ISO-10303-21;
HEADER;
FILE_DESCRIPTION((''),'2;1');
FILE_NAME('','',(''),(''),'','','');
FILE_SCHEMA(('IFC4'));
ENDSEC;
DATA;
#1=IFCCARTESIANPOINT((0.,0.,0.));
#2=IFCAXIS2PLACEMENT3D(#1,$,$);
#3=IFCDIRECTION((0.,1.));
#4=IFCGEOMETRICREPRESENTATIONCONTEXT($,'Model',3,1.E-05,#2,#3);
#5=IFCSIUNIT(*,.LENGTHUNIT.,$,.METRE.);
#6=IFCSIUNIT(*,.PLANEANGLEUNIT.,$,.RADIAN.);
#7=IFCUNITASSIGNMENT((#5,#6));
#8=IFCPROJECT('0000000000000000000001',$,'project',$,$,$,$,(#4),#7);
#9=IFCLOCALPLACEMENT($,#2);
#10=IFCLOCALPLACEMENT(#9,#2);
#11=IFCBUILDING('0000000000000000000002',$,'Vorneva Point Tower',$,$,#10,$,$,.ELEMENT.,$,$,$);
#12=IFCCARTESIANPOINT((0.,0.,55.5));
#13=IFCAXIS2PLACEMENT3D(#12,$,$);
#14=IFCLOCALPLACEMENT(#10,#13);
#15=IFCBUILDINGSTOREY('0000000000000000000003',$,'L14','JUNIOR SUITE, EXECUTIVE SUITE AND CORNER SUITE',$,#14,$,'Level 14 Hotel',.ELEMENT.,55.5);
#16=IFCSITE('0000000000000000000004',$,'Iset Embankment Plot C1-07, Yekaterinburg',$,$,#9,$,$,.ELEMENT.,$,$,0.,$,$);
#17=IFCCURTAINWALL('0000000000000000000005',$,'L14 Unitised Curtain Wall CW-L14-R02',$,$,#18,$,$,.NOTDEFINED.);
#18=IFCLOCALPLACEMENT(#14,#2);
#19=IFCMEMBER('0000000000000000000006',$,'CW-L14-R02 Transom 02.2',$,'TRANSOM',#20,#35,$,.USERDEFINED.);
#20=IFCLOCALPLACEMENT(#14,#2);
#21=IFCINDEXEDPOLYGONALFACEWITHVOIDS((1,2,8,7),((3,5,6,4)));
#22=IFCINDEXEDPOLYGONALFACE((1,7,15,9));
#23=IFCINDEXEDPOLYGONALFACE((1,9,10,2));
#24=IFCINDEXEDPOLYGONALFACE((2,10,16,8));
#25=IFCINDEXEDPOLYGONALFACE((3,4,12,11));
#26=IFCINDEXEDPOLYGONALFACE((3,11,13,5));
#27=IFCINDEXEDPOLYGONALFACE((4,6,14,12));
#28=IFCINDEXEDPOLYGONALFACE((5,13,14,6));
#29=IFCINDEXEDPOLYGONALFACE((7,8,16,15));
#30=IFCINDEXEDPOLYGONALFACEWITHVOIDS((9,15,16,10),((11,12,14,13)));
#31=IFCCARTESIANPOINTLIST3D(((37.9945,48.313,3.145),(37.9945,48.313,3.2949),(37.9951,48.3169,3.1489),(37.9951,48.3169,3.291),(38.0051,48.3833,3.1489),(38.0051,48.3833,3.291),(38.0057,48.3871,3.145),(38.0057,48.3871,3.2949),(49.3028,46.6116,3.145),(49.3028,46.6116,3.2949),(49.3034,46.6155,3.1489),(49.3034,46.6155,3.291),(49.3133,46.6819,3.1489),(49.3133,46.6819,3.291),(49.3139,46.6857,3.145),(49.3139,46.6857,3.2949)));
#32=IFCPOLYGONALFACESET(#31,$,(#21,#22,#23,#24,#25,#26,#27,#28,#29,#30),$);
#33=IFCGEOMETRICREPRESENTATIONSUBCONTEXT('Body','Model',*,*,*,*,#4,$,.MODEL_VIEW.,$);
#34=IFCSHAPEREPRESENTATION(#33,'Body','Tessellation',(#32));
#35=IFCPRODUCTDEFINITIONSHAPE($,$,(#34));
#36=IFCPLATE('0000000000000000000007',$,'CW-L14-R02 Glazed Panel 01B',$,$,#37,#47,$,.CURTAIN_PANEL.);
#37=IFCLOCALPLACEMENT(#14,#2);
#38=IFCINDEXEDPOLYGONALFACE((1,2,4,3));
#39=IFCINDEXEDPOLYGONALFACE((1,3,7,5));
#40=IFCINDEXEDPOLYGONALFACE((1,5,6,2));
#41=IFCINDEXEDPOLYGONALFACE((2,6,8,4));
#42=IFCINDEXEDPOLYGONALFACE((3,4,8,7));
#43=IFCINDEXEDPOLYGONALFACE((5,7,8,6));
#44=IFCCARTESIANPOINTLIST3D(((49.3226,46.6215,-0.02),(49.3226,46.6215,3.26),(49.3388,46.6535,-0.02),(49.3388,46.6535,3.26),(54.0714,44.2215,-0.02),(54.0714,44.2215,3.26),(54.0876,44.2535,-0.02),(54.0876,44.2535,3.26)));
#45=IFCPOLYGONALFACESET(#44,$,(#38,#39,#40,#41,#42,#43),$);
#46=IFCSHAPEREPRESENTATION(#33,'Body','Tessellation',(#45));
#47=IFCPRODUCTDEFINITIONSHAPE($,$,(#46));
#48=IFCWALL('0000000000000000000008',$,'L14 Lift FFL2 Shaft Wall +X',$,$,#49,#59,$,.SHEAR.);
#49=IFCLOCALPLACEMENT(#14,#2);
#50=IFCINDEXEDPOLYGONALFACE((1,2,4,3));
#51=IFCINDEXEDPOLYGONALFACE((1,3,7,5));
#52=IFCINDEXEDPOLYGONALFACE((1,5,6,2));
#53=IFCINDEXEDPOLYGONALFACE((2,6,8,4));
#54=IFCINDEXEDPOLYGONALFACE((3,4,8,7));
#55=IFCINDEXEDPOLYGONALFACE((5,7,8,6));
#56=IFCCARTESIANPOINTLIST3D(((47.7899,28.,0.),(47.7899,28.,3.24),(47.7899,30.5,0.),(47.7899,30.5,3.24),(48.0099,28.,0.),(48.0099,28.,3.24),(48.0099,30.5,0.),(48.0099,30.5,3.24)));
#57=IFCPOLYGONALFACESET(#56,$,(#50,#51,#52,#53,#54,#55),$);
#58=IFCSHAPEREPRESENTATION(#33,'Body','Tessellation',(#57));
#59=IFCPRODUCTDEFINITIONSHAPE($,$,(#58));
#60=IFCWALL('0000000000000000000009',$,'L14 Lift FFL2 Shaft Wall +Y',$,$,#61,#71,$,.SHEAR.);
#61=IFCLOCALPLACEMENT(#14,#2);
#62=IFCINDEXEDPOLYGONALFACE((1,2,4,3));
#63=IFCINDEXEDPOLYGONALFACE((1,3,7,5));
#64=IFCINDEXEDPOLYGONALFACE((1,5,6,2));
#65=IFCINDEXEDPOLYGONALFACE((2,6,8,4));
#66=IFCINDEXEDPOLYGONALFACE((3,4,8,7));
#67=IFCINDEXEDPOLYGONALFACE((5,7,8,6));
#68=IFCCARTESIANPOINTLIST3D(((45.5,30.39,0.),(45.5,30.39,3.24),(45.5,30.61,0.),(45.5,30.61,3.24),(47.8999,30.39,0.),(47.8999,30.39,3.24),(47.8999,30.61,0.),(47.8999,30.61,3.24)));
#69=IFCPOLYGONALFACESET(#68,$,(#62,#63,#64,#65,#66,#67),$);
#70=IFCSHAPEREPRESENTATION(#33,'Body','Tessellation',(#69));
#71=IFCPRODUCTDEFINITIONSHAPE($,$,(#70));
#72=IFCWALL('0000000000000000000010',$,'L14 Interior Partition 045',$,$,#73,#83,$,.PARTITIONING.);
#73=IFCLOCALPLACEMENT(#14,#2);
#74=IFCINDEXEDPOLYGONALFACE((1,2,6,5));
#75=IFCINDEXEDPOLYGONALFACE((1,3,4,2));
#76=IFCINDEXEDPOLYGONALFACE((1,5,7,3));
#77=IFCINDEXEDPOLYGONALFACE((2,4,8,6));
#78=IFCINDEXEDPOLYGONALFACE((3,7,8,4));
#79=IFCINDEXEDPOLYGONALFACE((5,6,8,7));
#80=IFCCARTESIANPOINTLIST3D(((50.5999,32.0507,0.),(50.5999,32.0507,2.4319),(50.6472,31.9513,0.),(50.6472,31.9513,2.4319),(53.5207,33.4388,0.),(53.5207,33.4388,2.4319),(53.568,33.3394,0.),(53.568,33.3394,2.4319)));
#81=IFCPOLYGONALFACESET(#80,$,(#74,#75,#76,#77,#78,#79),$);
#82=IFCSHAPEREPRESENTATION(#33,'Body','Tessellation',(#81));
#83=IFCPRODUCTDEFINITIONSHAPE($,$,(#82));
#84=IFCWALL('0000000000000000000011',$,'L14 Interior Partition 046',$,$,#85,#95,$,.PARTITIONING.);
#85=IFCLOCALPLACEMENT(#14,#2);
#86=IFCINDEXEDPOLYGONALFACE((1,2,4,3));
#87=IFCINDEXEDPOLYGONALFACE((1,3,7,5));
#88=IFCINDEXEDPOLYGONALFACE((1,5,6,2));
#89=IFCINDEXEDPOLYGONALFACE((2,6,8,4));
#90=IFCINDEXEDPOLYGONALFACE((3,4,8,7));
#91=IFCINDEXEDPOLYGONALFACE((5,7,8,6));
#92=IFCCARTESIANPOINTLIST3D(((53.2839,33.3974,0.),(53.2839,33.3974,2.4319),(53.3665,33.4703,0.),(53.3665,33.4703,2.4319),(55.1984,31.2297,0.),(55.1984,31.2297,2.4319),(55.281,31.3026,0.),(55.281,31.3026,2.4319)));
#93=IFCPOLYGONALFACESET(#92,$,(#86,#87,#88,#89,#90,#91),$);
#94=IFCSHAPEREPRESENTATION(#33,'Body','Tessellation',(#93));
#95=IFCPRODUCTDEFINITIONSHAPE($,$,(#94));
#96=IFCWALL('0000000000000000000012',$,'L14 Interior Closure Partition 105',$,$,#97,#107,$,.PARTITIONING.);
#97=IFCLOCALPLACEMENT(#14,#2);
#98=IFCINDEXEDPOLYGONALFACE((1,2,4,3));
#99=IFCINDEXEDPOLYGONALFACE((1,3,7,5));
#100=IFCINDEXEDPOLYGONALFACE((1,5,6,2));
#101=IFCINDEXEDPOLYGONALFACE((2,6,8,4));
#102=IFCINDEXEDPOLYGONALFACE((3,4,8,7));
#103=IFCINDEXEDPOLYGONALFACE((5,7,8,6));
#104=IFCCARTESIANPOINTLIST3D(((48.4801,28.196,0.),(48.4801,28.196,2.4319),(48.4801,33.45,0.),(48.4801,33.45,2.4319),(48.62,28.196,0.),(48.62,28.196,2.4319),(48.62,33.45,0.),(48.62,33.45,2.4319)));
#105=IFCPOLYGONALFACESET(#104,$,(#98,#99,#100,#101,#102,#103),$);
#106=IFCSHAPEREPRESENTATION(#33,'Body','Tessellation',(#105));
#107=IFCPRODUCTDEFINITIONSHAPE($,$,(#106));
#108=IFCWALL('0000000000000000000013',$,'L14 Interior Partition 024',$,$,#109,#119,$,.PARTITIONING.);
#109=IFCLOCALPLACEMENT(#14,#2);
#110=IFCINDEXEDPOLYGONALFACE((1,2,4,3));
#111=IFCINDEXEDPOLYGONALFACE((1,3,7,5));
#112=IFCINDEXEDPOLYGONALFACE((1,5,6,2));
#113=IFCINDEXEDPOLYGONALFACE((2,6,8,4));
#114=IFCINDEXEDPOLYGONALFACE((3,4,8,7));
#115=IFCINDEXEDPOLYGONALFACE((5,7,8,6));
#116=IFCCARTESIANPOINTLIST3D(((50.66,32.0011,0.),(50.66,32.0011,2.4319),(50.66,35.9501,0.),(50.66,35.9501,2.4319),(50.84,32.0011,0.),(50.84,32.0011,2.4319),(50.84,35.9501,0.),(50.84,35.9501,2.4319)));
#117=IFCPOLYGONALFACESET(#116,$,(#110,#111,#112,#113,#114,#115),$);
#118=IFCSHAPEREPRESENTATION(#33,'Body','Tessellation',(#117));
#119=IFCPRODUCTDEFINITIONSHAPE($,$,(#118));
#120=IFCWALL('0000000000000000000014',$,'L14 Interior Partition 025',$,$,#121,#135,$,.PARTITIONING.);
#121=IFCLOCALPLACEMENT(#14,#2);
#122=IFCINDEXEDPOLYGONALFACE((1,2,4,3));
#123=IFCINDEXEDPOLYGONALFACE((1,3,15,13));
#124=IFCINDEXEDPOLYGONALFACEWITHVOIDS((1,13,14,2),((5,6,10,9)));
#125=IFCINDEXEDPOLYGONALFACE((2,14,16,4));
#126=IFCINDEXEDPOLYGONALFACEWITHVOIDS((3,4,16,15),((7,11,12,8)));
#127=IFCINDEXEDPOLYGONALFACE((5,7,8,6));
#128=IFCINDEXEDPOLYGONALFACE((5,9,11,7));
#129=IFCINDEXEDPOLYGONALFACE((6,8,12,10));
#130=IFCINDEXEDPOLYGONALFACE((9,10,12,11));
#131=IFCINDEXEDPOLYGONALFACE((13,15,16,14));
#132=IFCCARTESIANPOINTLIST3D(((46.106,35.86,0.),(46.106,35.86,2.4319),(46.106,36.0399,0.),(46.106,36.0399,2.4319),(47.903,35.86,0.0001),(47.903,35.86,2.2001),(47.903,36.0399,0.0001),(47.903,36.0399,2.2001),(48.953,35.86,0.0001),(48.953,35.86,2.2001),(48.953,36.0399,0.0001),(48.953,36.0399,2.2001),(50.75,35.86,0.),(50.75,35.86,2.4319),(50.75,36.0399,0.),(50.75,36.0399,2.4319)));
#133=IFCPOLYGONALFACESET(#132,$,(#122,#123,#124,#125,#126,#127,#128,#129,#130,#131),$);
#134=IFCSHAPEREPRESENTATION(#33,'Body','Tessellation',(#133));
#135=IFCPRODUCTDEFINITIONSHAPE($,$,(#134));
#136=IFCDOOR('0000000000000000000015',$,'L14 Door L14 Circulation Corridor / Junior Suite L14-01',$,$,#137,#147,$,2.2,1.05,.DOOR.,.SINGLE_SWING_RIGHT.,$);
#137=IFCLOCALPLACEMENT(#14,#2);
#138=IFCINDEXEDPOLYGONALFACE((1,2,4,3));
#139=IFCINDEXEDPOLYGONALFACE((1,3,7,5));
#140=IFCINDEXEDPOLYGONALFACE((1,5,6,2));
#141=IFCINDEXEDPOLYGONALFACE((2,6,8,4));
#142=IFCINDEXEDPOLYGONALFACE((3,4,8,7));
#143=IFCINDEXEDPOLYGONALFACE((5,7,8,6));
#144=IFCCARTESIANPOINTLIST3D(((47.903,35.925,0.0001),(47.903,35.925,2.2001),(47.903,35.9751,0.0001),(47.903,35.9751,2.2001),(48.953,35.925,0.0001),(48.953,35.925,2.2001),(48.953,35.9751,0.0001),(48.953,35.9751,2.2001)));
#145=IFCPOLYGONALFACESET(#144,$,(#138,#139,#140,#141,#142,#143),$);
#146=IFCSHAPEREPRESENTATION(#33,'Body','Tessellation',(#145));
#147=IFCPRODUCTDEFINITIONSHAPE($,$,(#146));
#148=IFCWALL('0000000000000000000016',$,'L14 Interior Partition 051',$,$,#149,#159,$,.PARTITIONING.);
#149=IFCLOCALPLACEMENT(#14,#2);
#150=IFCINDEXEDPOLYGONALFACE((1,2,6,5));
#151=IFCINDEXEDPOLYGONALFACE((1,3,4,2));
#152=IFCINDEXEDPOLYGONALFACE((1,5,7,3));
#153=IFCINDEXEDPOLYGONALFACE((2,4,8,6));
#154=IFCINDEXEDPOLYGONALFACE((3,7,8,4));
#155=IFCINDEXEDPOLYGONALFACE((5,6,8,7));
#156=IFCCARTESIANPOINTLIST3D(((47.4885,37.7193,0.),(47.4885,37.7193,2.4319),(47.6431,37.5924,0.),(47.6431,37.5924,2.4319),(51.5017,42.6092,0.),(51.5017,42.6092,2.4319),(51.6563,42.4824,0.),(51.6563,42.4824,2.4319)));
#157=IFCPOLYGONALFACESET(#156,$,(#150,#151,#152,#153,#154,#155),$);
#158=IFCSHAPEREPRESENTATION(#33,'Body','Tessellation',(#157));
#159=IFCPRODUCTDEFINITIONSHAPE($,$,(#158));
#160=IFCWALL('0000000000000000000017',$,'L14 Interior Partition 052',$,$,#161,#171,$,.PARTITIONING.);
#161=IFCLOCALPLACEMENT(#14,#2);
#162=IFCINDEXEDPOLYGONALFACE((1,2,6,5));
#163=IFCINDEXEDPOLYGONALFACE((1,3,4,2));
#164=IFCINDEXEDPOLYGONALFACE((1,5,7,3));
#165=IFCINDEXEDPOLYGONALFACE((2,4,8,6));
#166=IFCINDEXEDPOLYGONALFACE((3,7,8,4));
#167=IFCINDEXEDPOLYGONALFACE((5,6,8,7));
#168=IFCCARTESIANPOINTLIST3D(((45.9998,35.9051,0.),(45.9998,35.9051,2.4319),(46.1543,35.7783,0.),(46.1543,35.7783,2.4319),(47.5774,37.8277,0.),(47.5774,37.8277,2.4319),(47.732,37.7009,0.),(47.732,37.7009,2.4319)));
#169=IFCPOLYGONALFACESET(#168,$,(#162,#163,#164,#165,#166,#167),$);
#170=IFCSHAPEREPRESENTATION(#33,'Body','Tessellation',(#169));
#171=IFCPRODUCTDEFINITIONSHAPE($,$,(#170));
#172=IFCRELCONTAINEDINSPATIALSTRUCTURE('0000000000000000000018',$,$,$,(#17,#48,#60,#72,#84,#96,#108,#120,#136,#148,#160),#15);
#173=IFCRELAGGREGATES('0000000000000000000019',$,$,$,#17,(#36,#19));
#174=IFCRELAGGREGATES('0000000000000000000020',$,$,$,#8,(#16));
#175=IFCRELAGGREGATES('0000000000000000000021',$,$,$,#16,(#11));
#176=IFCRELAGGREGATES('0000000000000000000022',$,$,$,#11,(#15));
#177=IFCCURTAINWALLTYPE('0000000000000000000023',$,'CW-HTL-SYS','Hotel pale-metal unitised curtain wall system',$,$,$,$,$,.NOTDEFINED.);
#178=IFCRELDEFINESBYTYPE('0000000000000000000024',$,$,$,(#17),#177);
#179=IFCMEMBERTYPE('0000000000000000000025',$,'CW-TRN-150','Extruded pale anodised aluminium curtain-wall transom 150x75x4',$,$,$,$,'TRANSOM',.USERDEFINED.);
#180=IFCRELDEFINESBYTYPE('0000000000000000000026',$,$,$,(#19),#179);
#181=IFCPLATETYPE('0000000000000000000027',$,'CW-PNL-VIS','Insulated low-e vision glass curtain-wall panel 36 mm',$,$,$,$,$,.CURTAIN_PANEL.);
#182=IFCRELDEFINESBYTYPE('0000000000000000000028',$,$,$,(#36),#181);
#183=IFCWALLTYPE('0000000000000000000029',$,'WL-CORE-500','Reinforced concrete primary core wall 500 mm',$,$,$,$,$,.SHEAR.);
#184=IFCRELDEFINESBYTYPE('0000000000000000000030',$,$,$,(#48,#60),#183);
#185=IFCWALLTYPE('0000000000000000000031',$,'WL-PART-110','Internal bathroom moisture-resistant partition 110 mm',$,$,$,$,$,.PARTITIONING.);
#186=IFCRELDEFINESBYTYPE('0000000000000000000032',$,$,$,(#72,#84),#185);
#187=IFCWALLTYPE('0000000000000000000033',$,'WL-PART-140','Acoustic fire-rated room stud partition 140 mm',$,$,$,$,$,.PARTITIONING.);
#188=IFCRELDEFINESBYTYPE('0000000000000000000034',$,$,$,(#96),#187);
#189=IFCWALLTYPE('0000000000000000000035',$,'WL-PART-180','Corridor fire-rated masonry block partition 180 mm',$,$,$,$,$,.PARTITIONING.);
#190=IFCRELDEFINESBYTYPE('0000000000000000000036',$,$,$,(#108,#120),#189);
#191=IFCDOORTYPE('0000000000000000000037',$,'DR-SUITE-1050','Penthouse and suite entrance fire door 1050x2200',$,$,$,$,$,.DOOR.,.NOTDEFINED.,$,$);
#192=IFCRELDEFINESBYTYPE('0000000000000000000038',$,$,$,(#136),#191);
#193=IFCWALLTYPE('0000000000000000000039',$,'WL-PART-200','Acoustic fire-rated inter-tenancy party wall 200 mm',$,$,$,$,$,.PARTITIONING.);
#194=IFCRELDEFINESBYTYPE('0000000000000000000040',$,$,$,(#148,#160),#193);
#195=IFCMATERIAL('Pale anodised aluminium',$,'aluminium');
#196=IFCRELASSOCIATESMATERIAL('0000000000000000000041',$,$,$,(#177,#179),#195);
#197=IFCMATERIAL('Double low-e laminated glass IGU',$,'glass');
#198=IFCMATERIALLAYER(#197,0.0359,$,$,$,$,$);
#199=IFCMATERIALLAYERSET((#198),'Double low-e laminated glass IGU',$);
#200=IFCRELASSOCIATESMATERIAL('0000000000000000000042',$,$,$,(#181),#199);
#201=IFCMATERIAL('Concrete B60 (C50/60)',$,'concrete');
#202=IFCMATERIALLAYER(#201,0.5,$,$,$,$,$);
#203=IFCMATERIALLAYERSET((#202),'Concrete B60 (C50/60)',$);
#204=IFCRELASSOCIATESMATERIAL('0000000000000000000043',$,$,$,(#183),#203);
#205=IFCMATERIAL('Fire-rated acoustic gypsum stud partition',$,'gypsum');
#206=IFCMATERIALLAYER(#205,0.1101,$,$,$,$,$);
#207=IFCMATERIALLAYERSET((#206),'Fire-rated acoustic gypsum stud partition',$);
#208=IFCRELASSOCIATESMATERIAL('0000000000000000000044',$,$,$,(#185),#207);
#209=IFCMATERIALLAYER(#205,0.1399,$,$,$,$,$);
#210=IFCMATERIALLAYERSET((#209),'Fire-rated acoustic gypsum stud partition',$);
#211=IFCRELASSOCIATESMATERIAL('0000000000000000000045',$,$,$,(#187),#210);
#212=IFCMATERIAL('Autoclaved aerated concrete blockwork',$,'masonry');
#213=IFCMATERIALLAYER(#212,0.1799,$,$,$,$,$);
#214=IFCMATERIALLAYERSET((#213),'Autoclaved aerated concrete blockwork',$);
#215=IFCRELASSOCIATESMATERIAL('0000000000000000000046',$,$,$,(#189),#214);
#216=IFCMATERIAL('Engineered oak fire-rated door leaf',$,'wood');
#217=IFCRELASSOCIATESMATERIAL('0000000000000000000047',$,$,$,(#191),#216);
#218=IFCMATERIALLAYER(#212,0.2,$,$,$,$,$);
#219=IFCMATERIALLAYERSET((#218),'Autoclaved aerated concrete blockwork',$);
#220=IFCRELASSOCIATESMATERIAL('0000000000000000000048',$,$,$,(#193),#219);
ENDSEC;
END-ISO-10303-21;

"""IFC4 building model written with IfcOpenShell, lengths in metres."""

from ifc_helpers import new_model, si_unit, direction, frame, frame_2d, origin, origin_2d, place, context, subcontext, project, spatial, rectangle, hollow_rectangle, extrude, material, layer, layer_set, material_profile, profile_set, type_object, element, fill, aggregate, save


model = new_model("IFC4")

# Units and contexts
model_context = context("Model", 3, precision=1e-05, world=origin(), true_north=direction((0.0, 1.0)))
body_context = subcontext(model_context, "Body", "Model", "MODEL_VIEW")
ifc_project = project(units=[si_unit("LENGTHUNIT", "METRE"), si_unit("PLANEANGLEUNIT", "RADIAN")], contexts=[model_context])

# Site, building, storey
site_placement = place(None, origin())
site = spatial("IfcSite", under=ifc_project, at=site_placement, Name="Iset Embankment Plot C1-07, Yekaterinburg", CompositionType="ELEMENT", RefElevation=0.0)
building_placement = place(site_placement, origin())
building = spatial("IfcBuilding", under=site, at=building_placement, Name="Vorneva Point Tower", CompositionType="ELEMENT")
storey_placement = place(building_placement, frame((0.0, 0.0, 55.5)))
storey = spatial("IfcBuildingStorey", under=building, at=storey_placement, Name="L14", Description="JUNIOR SUITE, EXECUTIVE SUITE AND CORNER SUITE", LongName="Level 14 Hotel", CompositionType="ELEMENT", Elevation=55.5)

# Shared definitions
ifc_material_1 = material(Name="Concrete B60 (C50/60)", Category="concrete")

# Curtain wall, member, plate
ifc_material_2 = material(Name="Pale anodised aluminium", Category="aluminium")
curtain_wall_type = type_object("IfcCurtainWallType", Name="CW-HTL-SYS", Description="Hotel pale-metal unitised curtain wall system", PredefinedType="NOTDEFINED", material=ifc_material_2)
curtain_wall_placement = place(storey_placement, origin())
curtain_wall = element("IfcCurtainWall", 1, at=curtain_wall_placement, inside=storey, type_object=curtain_wall_type, Name="L14 Unitised Curtain Wall CW-L14-R02", PredefinedType="NOTDEFINED")
ifc_material_profile_1 = material_profile(ifc_material_2, hollow_rectangle(XDim=0.075, YDim=0.1499, WallThickness=0.0039, at=origin_2d()), Name="AL-TRN 150x75x4")
ifc_profile_set_1 = profile_set([ifc_material_profile_1], Name="Pale anodised aluminium")
member_type_1 = type_object("IfcMemberType", Name="CW-TRN-150", Description="Extruded pale anodised aluminium curtain-wall transom 150x75x4", ElementType="TRANSOM", PredefinedType="USERDEFINED", material=ifc_profile_set_1)
member_1_placement = place(storey_placement, frame((49.3083, 46.6487, 3.22), z_axis=(-0.98887, 0.148782, 0.0), x_axis=(-0.148782, -0.98887, 0.0)))
member_1 = element("IfcMember", 2, at=member_1_placement, type_object=member_type_1, Name="CW-L14-R02 Transom 02.2", ObjectType="TRANSOM", PredefinedType="USERDEFINED", context=body_context, shape_type="SweptSolid", body=[
    extrude(hollow_rectangle(XDim=0.075, YDim=0.1499, WallThickness=0.0039, at=origin_2d()), origin(), (0.0, 0.0, 1.0), 11.4355),
])
ifc_material_3 = material(Name="Double low-e laminated glass IGU", Category="glass")
ifc_layer_1 = layer(ifc_material_3, 0.0359)
ifc_layer_set_1 = layer_set([ifc_layer_1], Name="Double low-e laminated glass IGU")
plate_type = type_object("IfcPlateType", Name="CW-PNL-VIS", Description="Insulated low-e vision glass curtain-wall panel 36 mm", PredefinedType="CURTAIN_PANEL", material=ifc_layer_set_1)
plate_placement = place(storey_placement, frame((51.7051, 45.4375, -0.02), z_axis=(0.0, 0.0, 1.0), x_axis=(-0.892499, 0.451049, 0.0)))
plate = element("IfcPlate", 3, at=plate_placement, type_object=plate_type, Name="CW-L14-R02 Glazed Panel 01B", PredefinedType="CURTAIN_PANEL", context=body_context, shape_type="SweptSolid", body=[
    extrude(rectangle(XDim=5.3208, YDim=0.0359, at=origin_2d()), origin(), (0.0, 0.0, 1.0), 3.28),
])
aggregate(curtain_wall, [plate, member_1])

# Walls
ifc_layer_2 = layer(ifc_material_1, 0.5)
ifc_layer_set_2 = layer_set([ifc_layer_2], Name="Concrete B60 (C50/60)")
wall_type_1 = type_object("IfcWallType", Name="WL-CORE-500", Description="Reinforced concrete primary core wall 500 mm", PredefinedType="SHEAR", material=ifc_layer_set_2)
wall_1_placement = place(storey_placement, frame((47.8999, 28.0, 0.0), z_axis=(0.0, 0.0, 1.0), x_axis=(0.0, 1.0, 0.0)))
element("IfcWall", 4, at=wall_1_placement, inside=storey, type_object=wall_type_1, Name="L14 Lift FFL2 Shaft Wall +X", PredefinedType="SHEAR", context=body_context, shape_type="SweptSolid", body=[
    extrude(rectangle(XDim=2.5, YDim=0.22, at=frame_2d((1.25, 0.0))), origin(), (0.0, 0.0, 1.0), 3.24),
])
wall_2_placement = place(storey_placement, frame((47.8999, 30.5, 0.0), z_axis=(0.0, 0.0, 1.0), x_axis=(-1.0, 0.0, 0.0)))
element("IfcWall", 5, at=wall_2_placement, inside=storey, type_object=wall_type_1, Name="L14 Lift FFL2 Shaft Wall +Y", PredefinedType="SHEAR", context=body_context, shape_type="SweptSolid", body=[
    extrude(rectangle(XDim=2.3999, YDim=0.22, at=frame_2d((1.2, 0.0))), origin(), (0.0, 0.0, 1.0), 3.24),
])
ifc_material_4 = material(Name="Fire-rated acoustic gypsum stud partition", Category="gypsum")
ifc_layer_3 = layer(ifc_material_4, 0.1101)
ifc_layer_set_3 = layer_set([ifc_layer_3], Name="Fire-rated acoustic gypsum stud partition")
wall_type_2 = type_object("IfcWallType", Name="WL-PART-110", Description="Internal bathroom moisture-resistant partition 110 mm", PredefinedType="PARTITIONING", material=ifc_layer_set_3)
wall_3_placement = place(storey_placement, frame((50.6235, 32.001, 0.0), z_axis=(0.0, 0.0, 1.0), x_axis=(0.903187, 0.429248, 0.0)))
element("IfcWall", 6, at=wall_3_placement, inside=storey, type_object=wall_type_2, Name="L14 Interior Partition 045", PredefinedType="PARTITIONING", context=body_context, shape_type="SweptSolid", body=[
    extrude(rectangle(XDim=3.2339, YDim=0.1101, at=frame_2d((1.6169, 0.0))), origin(), (0.0, 0.0, 1.0), 2.4319),
])
wall_4_placement = place(storey_placement, frame((53.3252, 33.4338, 0.0), z_axis=(0.0, 0.0, 1.0), x_axis=(0.661982, -0.74952, 0.0)))
element("IfcWall", 7, at=wall_4_placement, inside=storey, type_object=wall_type_2, Name="L14 Interior Partition 046", PredefinedType="PARTITIONING", context=body_context, shape_type="SweptSolid", body=[
    extrude(rectangle(XDim=2.8921, YDim=0.1101, at=frame_2d((1.446, 0.0))), origin(), (0.0, 0.0, 1.0), 2.4319),
])
ifc_layer_4 = layer(ifc_material_4, 0.1399)
ifc_layer_set_4 = layer_set([ifc_layer_4], Name="Fire-rated acoustic gypsum stud partition")
wall_type_3 = type_object("IfcWallType", Name="WL-PART-140", Description="Acoustic fire-rated room stud partition 140 mm", PredefinedType="PARTITIONING", material=ifc_layer_set_4)
wall_5_placement = place(storey_placement, frame((48.55, 33.45, 0.0), z_axis=(0.0, 0.0, 1.0), x_axis=(0.0, -1.0, 0.0)))
element("IfcWall", 8, at=wall_5_placement, inside=storey, type_object=wall_type_3, Name="L14 Interior Closure Partition 105", PredefinedType="PARTITIONING", context=body_context, shape_type="SweptSolid", body=[
    extrude(rectangle(XDim=5.2539, YDim=0.1399, at=frame_2d((2.627, 0.0))), origin(), (0.0, 0.0, 1.0), 2.4319),
])
ifc_material_5 = material(Name="Autoclaved aerated concrete blockwork", Category="masonry")
ifc_layer_5 = layer(ifc_material_5, 0.1799)
ifc_layer_set_5 = layer_set([ifc_layer_5], Name="Autoclaved aerated concrete blockwork")
wall_type_4 = type_object("IfcWallType", Name="WL-PART-180", Description="Corridor fire-rated masonry block partition 180 mm", PredefinedType="PARTITIONING", material=ifc_layer_set_5)
wall_6_placement = place(storey_placement, frame((50.75, 32.001, 0.0), z_axis=(0.0, 0.0, 1.0), x_axis=(0.0, 1.0, 0.0)))
element("IfcWall", 9, at=wall_6_placement, inside=storey, type_object=wall_type_4, Name="L14 Interior Partition 024", PredefinedType="PARTITIONING", context=body_context, shape_type="SweptSolid", body=[
    extrude(rectangle(XDim=3.949, YDim=0.1799, at=frame_2d((1.9746, 0.0))), origin(), (0.0, 0.0, 1.0), 2.4319),
])

# Wall, opening, door
wall_7_placement = place(storey_placement, frame((50.75, 35.95, 0.0), z_axis=(0.0, 0.0, 1.0), x_axis=(-1.0, 0.0, 0.0)))
wall_7 = element("IfcWall", 10, at=wall_7_placement, inside=storey, type_object=wall_type_4, Name="L14 Interior Partition 025", PredefinedType="PARTITIONING", context=body_context, shape_type="SweptSolid", body=[
    extrude(rectangle(XDim=4.644, YDim=0.1799, at=frame_2d((2.322, 0.0))), origin(), (0.0, 0.0, 1.0), 2.4319),
])
opening_placement = place(wall_7_placement, frame((1.7971, 0.0, 0.0)))
opening = element("IfcOpeningElement", 11, at=opening_placement, cuts=wall_7, PredefinedType="OPENING", context=body_context, shape_type="SweptSolid", body=[
    extrude(rectangle(XDim=1.05, YDim=2.2, at=frame_2d((0.5249, 1.1001))), frame((0.0, 0.105, 0.0), z_axis=(0.0, -1.0, 0.0), x_axis=(1.0, 0.0, 0.0)), (0.0, 0.0, 1.0), 0.2097),
])
ifc_material_6 = material(Name="Engineered oak fire-rated door leaf", Category="wood")
door_type = type_object("IfcDoorType", Name="DR-SUITE-1050", Description="Penthouse and suite entrance fire door 1050x2200", OperationType="NOTDEFINED", PredefinedType="DOOR", material=ifc_material_6)
door_placement = place(opening_placement, origin())
door = element("IfcDoor", 12, at=door_placement, inside=storey, type_object=door_type, Name="L14 Door L14 Circulation Corridor / Junior Suite L14-01", OperationType="SINGLE_SWING_RIGHT", OverallHeight=2.2, OverallWidth=1.05, PredefinedType="DOOR", context=body_context, shape_type="SweptSolid", body=[
    extrude(rectangle(XDim=1.05, YDim=2.2, at=frame_2d((0.5249, 1.1001))), frame((0.0, 0.0249, 0.0), z_axis=(0.0, -1.0, 0.0), x_axis=(1.0, 0.0, 0.0)), (0.0, 0.0, 1.0), 0.05),
])
fill(opening, door)

# Walls
ifc_layer_6 = layer(ifc_material_5, 0.2)
ifc_layer_set_6 = layer_set([ifc_layer_6], Name="Autoclaved aerated concrete blockwork")
wall_type_5 = type_object("IfcWallType", Name="WL-PART-200", Description="Acoustic fire-rated inter-tenancy party wall 200 mm", PredefinedType="PARTITIONING", material=ifc_layer_set_6)
wall_8_placement = place(storey_placement, frame((51.5791, 42.5459, 0.0), z_axis=(0.0, 0.0, 1.0), x_axis=(-0.634408, -0.772999, 0.0)))
element("IfcWall", 13, at=wall_8_placement, inside=storey, type_object=wall_type_5, Name="L14 Interior Partition 051", PredefinedType="PARTITIONING", context=body_context, shape_type="SweptSolid", body=[
    extrude(rectangle(XDim=6.3259, YDim=0.2, at=frame_2d((3.1631, 0.0))), origin(), (0.0, 0.0, 1.0), 2.4319),
])
wall_9_placement = place(storey_placement, frame((47.6548, 37.7644, 0.0), z_axis=(0.0, 0.0, 1.0), x_axis=(-0.634344, -0.773051, 0.0)))
element("IfcWall", 14, at=wall_9_placement, inside=storey, type_object=wall_type_5, Name="L14 Interior Partition 052", PredefinedType="PARTITIONING", context=body_context, shape_type="SweptSolid", body=[
    extrude(rectangle(XDim=2.4871, YDim=0.2, at=frame_2d((1.2437, 0.0))), origin(), (0.0, 0.0, 1.0), 2.4319),
])

save(model, "model.ifc")
